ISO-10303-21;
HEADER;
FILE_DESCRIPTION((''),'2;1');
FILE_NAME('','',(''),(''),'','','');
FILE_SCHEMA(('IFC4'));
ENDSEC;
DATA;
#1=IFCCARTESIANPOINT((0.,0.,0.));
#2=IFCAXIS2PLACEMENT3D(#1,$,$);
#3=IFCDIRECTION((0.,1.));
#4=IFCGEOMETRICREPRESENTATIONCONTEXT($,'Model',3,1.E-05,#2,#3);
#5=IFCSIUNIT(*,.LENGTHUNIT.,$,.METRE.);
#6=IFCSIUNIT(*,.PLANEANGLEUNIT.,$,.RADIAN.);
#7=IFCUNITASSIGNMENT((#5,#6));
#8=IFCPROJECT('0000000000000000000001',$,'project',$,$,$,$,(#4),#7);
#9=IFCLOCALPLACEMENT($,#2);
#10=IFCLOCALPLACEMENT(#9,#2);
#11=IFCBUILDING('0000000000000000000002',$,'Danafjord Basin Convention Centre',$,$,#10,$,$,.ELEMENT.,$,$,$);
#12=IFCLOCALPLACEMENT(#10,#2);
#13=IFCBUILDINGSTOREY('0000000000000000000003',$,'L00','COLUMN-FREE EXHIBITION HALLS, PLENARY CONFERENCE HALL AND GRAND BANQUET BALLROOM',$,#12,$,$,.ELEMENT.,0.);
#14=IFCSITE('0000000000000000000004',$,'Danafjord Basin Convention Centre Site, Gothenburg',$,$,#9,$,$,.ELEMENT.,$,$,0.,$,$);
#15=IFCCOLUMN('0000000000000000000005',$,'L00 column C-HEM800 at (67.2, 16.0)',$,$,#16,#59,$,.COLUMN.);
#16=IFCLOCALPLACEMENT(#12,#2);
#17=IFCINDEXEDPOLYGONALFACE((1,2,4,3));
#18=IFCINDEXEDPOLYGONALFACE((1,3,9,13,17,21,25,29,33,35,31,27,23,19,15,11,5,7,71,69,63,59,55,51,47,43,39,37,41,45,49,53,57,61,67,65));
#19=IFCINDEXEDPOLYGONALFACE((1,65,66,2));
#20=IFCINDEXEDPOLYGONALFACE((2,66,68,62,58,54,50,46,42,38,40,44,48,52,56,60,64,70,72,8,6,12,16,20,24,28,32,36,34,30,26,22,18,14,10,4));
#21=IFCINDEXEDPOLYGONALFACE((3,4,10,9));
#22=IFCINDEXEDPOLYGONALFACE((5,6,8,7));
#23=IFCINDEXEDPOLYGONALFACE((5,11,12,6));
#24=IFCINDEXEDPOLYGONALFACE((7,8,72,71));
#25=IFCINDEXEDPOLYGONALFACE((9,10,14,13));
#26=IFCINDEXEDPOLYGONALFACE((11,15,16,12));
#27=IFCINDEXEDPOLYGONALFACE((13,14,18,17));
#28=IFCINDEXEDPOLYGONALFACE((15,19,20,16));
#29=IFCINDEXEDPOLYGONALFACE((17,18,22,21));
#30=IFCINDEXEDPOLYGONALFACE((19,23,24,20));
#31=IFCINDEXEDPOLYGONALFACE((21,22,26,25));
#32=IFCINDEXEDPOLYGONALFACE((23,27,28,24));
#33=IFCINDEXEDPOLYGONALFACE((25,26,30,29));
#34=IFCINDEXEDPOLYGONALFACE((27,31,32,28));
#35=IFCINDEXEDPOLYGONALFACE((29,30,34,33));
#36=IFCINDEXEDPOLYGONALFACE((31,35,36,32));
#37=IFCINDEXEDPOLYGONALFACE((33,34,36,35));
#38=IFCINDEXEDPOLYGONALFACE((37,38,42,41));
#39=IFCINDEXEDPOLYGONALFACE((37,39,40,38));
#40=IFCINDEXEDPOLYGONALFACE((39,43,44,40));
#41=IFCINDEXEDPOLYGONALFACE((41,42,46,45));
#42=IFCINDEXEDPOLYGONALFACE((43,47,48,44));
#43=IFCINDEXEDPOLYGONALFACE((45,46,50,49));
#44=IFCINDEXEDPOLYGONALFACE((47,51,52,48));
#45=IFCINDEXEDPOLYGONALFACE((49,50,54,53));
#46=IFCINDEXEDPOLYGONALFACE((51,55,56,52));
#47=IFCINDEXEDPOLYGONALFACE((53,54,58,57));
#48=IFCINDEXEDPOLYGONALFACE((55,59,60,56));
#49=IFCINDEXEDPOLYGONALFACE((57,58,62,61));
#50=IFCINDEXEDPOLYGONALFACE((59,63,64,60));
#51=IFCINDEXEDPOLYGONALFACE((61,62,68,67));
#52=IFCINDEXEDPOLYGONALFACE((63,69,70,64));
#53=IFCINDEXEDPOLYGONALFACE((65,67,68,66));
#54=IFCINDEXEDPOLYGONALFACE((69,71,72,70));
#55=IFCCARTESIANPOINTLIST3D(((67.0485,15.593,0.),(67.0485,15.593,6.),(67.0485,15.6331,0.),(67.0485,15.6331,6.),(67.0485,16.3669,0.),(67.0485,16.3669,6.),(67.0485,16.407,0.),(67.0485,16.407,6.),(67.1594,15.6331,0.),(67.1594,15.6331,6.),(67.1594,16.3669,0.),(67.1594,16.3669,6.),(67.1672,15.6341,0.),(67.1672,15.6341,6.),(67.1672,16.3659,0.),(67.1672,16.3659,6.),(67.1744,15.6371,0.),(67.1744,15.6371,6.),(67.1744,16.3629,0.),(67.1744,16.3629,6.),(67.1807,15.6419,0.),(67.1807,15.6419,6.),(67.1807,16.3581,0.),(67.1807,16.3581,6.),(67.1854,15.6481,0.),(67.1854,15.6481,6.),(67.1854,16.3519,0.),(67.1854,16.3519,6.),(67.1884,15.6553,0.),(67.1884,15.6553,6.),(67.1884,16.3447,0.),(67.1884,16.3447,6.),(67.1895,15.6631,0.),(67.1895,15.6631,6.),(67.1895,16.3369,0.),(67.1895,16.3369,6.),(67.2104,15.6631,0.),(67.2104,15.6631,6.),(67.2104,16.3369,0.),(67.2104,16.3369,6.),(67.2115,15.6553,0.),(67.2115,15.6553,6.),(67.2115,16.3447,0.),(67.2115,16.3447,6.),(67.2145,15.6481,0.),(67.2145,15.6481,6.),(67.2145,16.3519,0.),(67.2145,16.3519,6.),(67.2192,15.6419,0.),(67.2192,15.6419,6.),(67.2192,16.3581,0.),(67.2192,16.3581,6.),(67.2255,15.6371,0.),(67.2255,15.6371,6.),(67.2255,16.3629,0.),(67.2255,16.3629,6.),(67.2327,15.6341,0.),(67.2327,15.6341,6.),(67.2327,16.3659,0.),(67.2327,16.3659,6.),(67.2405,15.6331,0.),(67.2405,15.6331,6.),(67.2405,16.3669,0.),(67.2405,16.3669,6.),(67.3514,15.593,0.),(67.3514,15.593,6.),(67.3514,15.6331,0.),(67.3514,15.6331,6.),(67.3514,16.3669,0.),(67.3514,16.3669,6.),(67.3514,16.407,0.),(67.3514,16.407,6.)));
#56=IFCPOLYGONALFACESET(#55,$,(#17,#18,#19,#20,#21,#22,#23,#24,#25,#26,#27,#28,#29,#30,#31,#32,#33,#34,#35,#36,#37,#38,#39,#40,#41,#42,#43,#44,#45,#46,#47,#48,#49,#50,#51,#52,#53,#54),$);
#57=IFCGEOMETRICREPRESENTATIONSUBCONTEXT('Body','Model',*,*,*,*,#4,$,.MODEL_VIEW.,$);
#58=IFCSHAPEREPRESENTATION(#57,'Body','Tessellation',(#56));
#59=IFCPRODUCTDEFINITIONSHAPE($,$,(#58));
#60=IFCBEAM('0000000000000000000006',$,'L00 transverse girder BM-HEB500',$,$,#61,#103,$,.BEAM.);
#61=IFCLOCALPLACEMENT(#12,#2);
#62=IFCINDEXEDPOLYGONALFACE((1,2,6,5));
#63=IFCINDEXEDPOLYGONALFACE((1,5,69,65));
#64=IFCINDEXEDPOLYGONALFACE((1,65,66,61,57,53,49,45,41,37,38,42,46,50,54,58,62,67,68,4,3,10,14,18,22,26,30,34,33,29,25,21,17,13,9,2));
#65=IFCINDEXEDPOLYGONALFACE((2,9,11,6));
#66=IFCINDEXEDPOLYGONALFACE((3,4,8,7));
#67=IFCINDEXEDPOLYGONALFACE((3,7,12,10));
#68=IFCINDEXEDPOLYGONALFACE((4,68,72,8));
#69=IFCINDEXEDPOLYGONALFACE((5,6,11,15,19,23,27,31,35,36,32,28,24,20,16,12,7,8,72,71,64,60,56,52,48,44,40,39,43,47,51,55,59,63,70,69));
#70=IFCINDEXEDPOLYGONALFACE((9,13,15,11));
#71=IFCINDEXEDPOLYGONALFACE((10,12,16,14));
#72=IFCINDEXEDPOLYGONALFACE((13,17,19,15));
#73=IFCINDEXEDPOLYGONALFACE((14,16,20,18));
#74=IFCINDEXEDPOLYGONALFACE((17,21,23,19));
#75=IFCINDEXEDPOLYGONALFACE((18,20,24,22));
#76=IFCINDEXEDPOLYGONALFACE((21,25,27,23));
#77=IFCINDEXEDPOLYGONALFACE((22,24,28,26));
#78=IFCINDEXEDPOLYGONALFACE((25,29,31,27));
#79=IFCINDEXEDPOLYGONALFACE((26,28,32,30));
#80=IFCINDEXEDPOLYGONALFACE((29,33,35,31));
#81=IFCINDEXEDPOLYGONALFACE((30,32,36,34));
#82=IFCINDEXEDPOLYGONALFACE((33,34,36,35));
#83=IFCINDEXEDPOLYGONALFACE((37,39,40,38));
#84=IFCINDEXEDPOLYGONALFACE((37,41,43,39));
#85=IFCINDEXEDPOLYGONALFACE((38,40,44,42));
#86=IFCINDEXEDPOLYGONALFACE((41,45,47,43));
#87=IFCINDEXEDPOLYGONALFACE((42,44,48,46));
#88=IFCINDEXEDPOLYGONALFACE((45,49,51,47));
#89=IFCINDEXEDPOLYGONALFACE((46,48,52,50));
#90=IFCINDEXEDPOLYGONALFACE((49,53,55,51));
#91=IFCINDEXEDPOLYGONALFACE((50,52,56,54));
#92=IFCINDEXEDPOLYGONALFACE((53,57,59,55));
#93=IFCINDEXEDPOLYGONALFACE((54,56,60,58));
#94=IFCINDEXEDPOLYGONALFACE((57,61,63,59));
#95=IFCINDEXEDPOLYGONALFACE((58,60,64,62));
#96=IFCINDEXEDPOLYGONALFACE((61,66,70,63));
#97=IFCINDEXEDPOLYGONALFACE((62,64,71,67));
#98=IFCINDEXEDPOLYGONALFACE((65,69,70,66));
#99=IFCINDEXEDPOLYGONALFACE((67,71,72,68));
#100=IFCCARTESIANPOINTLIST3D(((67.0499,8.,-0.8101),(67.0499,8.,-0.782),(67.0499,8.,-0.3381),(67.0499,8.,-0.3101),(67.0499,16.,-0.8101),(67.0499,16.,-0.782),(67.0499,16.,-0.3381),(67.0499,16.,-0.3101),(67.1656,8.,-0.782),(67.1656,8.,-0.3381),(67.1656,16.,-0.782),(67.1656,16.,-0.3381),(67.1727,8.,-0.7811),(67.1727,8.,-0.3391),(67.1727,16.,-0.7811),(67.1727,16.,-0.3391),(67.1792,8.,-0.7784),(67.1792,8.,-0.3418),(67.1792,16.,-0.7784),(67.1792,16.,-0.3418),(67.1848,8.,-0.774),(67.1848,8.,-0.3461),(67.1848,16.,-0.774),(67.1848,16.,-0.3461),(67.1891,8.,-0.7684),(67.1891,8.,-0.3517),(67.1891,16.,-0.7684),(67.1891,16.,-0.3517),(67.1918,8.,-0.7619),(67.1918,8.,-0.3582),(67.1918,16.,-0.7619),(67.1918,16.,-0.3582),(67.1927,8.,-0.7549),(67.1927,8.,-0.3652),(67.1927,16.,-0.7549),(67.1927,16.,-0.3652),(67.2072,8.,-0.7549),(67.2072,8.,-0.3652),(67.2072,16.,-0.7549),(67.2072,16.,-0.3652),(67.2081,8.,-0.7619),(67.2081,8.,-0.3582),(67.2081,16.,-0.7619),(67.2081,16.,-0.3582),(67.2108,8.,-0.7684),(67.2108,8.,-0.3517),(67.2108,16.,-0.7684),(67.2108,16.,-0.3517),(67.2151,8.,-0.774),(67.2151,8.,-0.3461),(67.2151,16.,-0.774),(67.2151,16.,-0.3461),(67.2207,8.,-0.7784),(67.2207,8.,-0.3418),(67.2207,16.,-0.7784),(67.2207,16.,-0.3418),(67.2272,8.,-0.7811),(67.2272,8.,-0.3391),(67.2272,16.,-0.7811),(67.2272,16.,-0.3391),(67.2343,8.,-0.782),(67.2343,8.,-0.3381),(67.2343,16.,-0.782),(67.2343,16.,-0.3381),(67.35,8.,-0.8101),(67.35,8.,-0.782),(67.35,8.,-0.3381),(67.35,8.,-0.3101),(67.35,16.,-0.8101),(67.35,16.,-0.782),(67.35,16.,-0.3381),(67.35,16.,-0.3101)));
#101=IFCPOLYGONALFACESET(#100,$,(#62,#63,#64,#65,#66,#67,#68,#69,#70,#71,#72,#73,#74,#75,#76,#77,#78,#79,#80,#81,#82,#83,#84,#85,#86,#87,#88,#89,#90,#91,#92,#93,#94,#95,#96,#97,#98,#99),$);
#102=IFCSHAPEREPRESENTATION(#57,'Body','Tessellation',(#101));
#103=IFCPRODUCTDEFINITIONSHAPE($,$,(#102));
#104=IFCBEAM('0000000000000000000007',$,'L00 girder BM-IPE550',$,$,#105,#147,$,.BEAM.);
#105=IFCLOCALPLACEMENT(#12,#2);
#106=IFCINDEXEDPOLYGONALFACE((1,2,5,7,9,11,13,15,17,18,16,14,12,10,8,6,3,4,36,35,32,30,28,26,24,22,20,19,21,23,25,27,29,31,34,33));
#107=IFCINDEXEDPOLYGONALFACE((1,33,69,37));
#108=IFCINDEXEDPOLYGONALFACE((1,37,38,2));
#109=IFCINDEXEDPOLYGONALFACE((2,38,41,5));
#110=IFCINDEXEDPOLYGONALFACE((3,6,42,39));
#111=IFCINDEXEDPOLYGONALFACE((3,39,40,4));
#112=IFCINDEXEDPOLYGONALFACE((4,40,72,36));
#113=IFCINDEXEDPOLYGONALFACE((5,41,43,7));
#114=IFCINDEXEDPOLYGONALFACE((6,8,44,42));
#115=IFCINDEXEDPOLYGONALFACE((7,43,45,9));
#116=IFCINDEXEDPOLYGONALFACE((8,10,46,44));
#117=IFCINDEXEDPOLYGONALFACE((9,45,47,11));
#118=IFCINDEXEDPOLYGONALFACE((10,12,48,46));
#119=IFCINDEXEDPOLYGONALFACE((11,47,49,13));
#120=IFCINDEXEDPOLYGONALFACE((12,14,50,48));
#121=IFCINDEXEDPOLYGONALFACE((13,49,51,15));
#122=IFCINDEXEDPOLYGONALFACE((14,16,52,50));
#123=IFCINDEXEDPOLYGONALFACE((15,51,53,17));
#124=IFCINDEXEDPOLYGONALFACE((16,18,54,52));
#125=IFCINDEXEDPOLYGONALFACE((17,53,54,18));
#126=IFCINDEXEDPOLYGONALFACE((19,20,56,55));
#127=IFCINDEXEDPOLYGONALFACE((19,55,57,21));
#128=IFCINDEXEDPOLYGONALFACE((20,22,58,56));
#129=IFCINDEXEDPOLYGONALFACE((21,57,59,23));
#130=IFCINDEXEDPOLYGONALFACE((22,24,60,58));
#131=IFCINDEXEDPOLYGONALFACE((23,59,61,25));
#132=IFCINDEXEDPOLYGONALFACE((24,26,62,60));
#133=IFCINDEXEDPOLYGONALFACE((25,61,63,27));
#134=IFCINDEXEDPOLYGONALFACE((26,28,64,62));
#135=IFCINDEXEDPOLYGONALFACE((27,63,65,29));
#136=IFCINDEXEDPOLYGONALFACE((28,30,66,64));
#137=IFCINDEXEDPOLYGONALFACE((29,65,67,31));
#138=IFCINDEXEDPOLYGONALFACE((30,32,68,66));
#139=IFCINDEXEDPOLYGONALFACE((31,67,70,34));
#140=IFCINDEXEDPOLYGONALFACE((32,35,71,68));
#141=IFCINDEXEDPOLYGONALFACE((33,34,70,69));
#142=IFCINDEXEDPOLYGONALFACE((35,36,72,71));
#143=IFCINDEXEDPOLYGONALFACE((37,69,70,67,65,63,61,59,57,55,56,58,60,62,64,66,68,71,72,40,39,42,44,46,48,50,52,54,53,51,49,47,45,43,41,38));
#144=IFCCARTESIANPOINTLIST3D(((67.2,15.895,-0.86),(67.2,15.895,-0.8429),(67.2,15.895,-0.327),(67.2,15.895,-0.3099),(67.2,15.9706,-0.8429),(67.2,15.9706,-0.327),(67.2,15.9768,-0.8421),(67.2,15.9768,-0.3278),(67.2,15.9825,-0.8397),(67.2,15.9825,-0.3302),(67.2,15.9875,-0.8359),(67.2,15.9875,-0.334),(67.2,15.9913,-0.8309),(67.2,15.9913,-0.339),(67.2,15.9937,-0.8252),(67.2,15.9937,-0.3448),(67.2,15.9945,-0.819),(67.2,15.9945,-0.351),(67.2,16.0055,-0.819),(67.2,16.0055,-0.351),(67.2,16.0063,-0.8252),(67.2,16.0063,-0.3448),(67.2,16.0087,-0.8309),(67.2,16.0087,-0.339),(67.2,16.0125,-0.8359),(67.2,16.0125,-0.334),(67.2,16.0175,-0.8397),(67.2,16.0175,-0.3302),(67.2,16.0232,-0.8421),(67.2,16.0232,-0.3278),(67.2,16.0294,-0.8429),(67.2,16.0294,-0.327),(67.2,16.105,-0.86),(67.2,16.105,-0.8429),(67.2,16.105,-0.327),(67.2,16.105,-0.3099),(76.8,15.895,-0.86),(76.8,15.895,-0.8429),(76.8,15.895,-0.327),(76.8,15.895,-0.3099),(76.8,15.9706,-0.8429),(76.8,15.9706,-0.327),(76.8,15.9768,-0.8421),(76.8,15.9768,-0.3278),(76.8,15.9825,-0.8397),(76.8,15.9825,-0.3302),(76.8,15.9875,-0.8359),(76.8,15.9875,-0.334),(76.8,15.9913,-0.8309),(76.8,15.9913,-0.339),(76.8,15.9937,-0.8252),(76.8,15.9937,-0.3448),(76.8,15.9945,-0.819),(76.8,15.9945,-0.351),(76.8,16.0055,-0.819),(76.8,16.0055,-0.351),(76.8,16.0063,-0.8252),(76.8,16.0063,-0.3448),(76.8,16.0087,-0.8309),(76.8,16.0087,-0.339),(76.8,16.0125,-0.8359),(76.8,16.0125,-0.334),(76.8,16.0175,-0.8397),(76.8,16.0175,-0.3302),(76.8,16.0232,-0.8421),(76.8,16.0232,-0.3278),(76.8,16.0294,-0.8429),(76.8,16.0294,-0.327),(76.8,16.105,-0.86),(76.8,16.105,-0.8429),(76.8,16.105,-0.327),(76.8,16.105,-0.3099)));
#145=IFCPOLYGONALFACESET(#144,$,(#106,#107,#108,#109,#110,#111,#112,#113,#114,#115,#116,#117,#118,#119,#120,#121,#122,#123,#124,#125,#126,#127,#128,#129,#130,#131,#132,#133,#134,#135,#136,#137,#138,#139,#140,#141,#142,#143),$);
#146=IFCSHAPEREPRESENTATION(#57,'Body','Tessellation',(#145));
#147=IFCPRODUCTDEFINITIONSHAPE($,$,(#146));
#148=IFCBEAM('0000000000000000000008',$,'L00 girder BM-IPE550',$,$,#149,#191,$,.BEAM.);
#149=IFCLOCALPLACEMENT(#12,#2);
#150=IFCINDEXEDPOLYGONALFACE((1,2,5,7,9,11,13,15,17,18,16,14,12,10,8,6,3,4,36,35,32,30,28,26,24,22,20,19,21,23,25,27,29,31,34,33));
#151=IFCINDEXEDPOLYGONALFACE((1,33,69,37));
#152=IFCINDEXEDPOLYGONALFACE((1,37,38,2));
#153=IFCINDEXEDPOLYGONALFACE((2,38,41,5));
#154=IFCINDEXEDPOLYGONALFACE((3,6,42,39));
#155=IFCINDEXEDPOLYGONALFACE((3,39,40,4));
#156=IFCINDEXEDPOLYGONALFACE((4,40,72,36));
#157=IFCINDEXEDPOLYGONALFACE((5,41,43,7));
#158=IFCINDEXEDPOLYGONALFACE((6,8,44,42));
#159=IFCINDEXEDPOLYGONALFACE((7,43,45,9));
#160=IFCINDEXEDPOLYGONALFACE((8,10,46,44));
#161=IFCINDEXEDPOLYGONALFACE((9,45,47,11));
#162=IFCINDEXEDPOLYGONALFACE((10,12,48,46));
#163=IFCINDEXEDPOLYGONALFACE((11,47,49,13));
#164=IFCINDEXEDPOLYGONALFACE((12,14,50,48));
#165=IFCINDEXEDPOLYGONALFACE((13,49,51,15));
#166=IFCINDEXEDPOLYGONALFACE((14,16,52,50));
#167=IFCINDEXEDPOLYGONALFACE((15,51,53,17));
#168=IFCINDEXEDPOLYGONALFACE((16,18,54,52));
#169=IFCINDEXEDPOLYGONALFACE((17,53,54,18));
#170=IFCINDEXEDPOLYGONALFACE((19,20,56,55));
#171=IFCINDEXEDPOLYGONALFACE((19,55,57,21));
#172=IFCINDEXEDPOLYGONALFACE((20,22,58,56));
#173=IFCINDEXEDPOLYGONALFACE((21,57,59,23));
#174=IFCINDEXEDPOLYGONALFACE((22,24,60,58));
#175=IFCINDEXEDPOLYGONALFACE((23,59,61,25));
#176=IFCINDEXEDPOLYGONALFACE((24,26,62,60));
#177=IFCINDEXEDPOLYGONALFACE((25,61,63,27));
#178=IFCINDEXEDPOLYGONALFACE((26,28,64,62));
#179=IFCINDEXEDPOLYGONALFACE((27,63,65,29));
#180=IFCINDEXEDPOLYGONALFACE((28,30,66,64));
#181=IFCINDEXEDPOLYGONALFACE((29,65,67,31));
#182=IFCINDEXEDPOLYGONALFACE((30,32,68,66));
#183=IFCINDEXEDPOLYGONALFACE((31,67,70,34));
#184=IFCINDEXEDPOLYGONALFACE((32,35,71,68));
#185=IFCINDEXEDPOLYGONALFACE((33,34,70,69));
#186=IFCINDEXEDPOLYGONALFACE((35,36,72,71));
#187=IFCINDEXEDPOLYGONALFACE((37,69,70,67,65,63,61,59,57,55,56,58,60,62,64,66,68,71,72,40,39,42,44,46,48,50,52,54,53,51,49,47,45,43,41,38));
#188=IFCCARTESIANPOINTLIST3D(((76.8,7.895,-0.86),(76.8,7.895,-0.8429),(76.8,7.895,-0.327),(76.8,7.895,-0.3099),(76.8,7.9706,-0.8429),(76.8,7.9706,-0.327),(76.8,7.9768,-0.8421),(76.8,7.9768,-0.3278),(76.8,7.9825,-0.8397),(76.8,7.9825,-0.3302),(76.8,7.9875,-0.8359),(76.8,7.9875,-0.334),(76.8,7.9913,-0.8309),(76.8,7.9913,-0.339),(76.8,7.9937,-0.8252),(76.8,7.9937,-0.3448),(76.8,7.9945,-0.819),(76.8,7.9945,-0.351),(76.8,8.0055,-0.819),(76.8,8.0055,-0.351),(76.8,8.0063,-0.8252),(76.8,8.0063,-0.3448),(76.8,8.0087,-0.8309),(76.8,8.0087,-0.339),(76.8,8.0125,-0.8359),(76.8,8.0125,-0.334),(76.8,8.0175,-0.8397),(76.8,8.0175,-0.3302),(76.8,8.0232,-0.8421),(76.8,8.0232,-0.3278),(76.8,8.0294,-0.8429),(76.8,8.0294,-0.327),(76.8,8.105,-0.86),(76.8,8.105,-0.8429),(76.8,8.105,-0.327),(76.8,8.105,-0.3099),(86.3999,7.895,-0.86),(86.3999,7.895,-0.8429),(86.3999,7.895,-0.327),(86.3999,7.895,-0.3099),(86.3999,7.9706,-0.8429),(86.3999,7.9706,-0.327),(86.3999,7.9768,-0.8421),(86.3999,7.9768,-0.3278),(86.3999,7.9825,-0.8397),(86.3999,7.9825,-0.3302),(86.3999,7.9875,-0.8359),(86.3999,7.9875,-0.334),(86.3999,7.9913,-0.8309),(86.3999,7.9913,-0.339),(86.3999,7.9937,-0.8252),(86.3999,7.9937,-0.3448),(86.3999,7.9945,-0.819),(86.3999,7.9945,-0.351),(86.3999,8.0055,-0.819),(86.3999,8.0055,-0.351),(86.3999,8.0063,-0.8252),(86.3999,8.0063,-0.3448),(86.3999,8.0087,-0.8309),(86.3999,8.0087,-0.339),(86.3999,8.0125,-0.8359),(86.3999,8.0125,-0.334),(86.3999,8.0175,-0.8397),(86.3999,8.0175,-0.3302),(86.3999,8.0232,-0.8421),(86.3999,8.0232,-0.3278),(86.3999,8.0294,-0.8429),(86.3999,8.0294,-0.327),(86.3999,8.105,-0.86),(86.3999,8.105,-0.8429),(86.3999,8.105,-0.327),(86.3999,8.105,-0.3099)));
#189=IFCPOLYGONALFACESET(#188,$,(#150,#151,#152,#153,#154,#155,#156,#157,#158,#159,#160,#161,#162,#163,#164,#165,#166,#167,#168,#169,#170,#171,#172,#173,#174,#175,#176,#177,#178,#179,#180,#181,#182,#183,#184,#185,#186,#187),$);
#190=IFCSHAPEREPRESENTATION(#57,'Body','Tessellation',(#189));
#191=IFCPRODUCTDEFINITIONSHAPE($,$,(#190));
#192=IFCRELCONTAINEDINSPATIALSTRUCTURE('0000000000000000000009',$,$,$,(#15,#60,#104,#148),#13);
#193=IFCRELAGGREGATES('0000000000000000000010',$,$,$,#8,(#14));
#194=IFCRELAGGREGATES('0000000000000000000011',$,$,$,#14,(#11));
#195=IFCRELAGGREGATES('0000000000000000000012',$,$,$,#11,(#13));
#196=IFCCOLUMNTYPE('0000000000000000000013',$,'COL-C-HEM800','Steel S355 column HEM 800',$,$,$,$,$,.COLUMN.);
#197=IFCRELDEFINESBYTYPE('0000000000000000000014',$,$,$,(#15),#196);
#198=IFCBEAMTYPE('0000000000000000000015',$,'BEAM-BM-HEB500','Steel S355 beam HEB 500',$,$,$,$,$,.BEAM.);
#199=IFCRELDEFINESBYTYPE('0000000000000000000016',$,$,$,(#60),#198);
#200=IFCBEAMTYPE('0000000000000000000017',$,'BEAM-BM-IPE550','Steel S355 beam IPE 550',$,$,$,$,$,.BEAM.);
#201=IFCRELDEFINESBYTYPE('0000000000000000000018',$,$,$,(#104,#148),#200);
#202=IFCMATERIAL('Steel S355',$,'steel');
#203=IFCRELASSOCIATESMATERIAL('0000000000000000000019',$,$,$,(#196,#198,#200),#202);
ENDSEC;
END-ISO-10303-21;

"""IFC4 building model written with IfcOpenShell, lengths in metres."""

from ifc_helpers import new_model, si_unit, direction, frame, origin, origin_2d, place, context, subcontext, project, spatial, i_section, extrude, material, material_profile, profile_set, type_object, element, save


model = new_model("IFC4")

# Units and contexts
model_context = context("Model", 3, precision=1e-05, world=origin(), true_north=direction((0.0, 1.0)))
body_context = subcontext(model_context, "Body", "Model", "MODEL_VIEW")
ifc_project = project(units=[si_unit("LENGTHUNIT", "METRE"), si_unit("PLANEANGLEUNIT", "RADIAN")], contexts=[model_context])

# Site, building, storey
site_placement = place(None, origin())
site = spatial("IfcSite", under=ifc_project, at=site_placement, Name="Danafjord Basin Convention Centre Site, Gothenburg", CompositionType="ELEMENT", RefElevation=0.0)
building_placement = place(site_placement, origin())
building = spatial("IfcBuilding", under=site, at=building_placement, Name="Danafjord Basin Convention Centre", CompositionType="ELEMENT")
storey_placement = place(building_placement, origin())
storey = spatial("IfcBuildingStorey", under=building, at=storey_placement, Name="L00", Description="COLUMN-FREE EXHIBITION HALLS, PLENARY CONFERENCE HALL AND GRAND BANQUET BALLROOM", CompositionType="ELEMENT", Elevation=0.0)

# Column
ifc_material_1 = material(Name="Steel S355", Category="steel")
ifc_material_profile_1 = material_profile(ifc_material_1, i_section(OverallWidth=0.303, OverallDepth=0.814, WebThickness=0.021, FlangeThickness=0.04, FilletRadius=0.03, at=origin_2d()), Name="HEM 800")
ifc_profile_set_1 = profile_set([ifc_material_profile_1], Name="Steel S355")
column_type_1 = type_object("IfcColumnType", Name="COL-C-HEM800", Description="Steel S355 column HEM 800", PredefinedType="COLUMN", material=ifc_profile_set_1)
column_1_placement = place(storey_placement, frame((67.2, 16.0, 0.0), z_axis=(0.0, 0.0, 1.0), x_axis=(1.0, 0.0, 0.0)))
element("IfcColumn", 1, at=column_1_placement, inside=storey, type_object=column_type_1, Name="L00 column C-HEM800 at (67.2, 16.0)", PredefinedType="COLUMN", context=body_context, shape_type="SweptSolid", body=[
    extrude(i_section(OverallWidth=0.303, OverallDepth=0.814, WebThickness=0.021, FlangeThickness=0.04, FilletRadius=0.03, at=origin_2d()), origin(), (0.0, 0.0, 1.0), 6.0),
])

# Beams
ifc_material_profile_2 = material_profile(ifc_material_1, i_section(OverallWidth=0.3, OverallDepth=0.5, WebThickness=0.0144, FlangeThickness=0.0281, FilletRadius=0.0271, at=origin_2d()), Name="HEB 500")
ifc_profile_set_2 = profile_set([ifc_material_profile_2], Name="Steel S355")
beam_type_1 = type_object("IfcBeamType", Name="BEAM-BM-HEB500", Description="Steel S355 beam HEB 500", PredefinedType="BEAM", material=ifc_profile_set_2)
beam_1_placement = place(storey_placement, frame((67.2, 8.0, -0.5601), z_axis=(0.0, 1.0, 0.0), x_axis=(-1.0, 0.0, 0.0)))
element("IfcBeam", 2, at=beam_1_placement, inside=storey, type_object=beam_type_1, Name="L00 transverse girder BM-HEB500", PredefinedType="BEAM", context=body_context, shape_type="SweptSolid", body=[
    extrude(i_section(OverallWidth=0.3, OverallDepth=0.5, WebThickness=0.0144, FlangeThickness=0.0281, FilletRadius=0.0271, at=origin_2d()), origin(), (0.0, 0.0, 1.0), 8.0),
])
ifc_material_profile_3 = material_profile(ifc_material_1, i_section(OverallWidth=0.21, OverallDepth=0.55, WebThickness=0.011, FlangeThickness=0.0171, FilletRadius=0.0239, at=origin_2d()), Name="IPE 550")
ifc_profile_set_3 = profile_set([ifc_material_profile_3], Name="Steel S355")
beam_type_2 = type_object("IfcBeamType", Name="BEAM-BM-IPE550", Description="Steel S355 beam IPE 550", PredefinedType="BEAM", material=ifc_profile_set_3)
beam_2_placement = place(storey_placement, frame((67.2, 16.0, -0.585), z_axis=(1.0, 0.0, 0.0), x_axis=(0.0, 1.0, 0.0)))
element("IfcBeam", 3, at=beam_2_placement, inside=storey, type_object=beam_type_2, Name="L00 girder BM-IPE550", PredefinedType="BEAM", context=body_context, shape_type="SweptSolid", body=[
    extrude(i_section(OverallWidth=0.21, OverallDepth=0.55, WebThickness=0.011, FlangeThickness=0.0171, FilletRadius=0.0239, at=origin_2d()), origin(), (0.0, 0.0, 1.0), 9.6001),
])
beam_3_placement = place(storey_placement, frame((76.8, 8.0, -0.585), z_axis=(1.0, 0.0, 0.0), x_axis=(0.0, 1.0, 0.0)))
element("IfcBeam", 4, at=beam_3_placement, inside=storey, type_object=beam_type_2, Name="L00 girder BM-IPE550", PredefinedType="BEAM", context=body_context, shape_type="SweptSolid", body=[
    extrude(i_section(OverallWidth=0.21, OverallDepth=0.55, WebThickness=0.011, FlangeThickness=0.0171, FilletRadius=0.0239, at=origin_2d()), origin(), (0.0, 0.0, 1.0), 9.5999),
])

save(model, "model.ifc")
